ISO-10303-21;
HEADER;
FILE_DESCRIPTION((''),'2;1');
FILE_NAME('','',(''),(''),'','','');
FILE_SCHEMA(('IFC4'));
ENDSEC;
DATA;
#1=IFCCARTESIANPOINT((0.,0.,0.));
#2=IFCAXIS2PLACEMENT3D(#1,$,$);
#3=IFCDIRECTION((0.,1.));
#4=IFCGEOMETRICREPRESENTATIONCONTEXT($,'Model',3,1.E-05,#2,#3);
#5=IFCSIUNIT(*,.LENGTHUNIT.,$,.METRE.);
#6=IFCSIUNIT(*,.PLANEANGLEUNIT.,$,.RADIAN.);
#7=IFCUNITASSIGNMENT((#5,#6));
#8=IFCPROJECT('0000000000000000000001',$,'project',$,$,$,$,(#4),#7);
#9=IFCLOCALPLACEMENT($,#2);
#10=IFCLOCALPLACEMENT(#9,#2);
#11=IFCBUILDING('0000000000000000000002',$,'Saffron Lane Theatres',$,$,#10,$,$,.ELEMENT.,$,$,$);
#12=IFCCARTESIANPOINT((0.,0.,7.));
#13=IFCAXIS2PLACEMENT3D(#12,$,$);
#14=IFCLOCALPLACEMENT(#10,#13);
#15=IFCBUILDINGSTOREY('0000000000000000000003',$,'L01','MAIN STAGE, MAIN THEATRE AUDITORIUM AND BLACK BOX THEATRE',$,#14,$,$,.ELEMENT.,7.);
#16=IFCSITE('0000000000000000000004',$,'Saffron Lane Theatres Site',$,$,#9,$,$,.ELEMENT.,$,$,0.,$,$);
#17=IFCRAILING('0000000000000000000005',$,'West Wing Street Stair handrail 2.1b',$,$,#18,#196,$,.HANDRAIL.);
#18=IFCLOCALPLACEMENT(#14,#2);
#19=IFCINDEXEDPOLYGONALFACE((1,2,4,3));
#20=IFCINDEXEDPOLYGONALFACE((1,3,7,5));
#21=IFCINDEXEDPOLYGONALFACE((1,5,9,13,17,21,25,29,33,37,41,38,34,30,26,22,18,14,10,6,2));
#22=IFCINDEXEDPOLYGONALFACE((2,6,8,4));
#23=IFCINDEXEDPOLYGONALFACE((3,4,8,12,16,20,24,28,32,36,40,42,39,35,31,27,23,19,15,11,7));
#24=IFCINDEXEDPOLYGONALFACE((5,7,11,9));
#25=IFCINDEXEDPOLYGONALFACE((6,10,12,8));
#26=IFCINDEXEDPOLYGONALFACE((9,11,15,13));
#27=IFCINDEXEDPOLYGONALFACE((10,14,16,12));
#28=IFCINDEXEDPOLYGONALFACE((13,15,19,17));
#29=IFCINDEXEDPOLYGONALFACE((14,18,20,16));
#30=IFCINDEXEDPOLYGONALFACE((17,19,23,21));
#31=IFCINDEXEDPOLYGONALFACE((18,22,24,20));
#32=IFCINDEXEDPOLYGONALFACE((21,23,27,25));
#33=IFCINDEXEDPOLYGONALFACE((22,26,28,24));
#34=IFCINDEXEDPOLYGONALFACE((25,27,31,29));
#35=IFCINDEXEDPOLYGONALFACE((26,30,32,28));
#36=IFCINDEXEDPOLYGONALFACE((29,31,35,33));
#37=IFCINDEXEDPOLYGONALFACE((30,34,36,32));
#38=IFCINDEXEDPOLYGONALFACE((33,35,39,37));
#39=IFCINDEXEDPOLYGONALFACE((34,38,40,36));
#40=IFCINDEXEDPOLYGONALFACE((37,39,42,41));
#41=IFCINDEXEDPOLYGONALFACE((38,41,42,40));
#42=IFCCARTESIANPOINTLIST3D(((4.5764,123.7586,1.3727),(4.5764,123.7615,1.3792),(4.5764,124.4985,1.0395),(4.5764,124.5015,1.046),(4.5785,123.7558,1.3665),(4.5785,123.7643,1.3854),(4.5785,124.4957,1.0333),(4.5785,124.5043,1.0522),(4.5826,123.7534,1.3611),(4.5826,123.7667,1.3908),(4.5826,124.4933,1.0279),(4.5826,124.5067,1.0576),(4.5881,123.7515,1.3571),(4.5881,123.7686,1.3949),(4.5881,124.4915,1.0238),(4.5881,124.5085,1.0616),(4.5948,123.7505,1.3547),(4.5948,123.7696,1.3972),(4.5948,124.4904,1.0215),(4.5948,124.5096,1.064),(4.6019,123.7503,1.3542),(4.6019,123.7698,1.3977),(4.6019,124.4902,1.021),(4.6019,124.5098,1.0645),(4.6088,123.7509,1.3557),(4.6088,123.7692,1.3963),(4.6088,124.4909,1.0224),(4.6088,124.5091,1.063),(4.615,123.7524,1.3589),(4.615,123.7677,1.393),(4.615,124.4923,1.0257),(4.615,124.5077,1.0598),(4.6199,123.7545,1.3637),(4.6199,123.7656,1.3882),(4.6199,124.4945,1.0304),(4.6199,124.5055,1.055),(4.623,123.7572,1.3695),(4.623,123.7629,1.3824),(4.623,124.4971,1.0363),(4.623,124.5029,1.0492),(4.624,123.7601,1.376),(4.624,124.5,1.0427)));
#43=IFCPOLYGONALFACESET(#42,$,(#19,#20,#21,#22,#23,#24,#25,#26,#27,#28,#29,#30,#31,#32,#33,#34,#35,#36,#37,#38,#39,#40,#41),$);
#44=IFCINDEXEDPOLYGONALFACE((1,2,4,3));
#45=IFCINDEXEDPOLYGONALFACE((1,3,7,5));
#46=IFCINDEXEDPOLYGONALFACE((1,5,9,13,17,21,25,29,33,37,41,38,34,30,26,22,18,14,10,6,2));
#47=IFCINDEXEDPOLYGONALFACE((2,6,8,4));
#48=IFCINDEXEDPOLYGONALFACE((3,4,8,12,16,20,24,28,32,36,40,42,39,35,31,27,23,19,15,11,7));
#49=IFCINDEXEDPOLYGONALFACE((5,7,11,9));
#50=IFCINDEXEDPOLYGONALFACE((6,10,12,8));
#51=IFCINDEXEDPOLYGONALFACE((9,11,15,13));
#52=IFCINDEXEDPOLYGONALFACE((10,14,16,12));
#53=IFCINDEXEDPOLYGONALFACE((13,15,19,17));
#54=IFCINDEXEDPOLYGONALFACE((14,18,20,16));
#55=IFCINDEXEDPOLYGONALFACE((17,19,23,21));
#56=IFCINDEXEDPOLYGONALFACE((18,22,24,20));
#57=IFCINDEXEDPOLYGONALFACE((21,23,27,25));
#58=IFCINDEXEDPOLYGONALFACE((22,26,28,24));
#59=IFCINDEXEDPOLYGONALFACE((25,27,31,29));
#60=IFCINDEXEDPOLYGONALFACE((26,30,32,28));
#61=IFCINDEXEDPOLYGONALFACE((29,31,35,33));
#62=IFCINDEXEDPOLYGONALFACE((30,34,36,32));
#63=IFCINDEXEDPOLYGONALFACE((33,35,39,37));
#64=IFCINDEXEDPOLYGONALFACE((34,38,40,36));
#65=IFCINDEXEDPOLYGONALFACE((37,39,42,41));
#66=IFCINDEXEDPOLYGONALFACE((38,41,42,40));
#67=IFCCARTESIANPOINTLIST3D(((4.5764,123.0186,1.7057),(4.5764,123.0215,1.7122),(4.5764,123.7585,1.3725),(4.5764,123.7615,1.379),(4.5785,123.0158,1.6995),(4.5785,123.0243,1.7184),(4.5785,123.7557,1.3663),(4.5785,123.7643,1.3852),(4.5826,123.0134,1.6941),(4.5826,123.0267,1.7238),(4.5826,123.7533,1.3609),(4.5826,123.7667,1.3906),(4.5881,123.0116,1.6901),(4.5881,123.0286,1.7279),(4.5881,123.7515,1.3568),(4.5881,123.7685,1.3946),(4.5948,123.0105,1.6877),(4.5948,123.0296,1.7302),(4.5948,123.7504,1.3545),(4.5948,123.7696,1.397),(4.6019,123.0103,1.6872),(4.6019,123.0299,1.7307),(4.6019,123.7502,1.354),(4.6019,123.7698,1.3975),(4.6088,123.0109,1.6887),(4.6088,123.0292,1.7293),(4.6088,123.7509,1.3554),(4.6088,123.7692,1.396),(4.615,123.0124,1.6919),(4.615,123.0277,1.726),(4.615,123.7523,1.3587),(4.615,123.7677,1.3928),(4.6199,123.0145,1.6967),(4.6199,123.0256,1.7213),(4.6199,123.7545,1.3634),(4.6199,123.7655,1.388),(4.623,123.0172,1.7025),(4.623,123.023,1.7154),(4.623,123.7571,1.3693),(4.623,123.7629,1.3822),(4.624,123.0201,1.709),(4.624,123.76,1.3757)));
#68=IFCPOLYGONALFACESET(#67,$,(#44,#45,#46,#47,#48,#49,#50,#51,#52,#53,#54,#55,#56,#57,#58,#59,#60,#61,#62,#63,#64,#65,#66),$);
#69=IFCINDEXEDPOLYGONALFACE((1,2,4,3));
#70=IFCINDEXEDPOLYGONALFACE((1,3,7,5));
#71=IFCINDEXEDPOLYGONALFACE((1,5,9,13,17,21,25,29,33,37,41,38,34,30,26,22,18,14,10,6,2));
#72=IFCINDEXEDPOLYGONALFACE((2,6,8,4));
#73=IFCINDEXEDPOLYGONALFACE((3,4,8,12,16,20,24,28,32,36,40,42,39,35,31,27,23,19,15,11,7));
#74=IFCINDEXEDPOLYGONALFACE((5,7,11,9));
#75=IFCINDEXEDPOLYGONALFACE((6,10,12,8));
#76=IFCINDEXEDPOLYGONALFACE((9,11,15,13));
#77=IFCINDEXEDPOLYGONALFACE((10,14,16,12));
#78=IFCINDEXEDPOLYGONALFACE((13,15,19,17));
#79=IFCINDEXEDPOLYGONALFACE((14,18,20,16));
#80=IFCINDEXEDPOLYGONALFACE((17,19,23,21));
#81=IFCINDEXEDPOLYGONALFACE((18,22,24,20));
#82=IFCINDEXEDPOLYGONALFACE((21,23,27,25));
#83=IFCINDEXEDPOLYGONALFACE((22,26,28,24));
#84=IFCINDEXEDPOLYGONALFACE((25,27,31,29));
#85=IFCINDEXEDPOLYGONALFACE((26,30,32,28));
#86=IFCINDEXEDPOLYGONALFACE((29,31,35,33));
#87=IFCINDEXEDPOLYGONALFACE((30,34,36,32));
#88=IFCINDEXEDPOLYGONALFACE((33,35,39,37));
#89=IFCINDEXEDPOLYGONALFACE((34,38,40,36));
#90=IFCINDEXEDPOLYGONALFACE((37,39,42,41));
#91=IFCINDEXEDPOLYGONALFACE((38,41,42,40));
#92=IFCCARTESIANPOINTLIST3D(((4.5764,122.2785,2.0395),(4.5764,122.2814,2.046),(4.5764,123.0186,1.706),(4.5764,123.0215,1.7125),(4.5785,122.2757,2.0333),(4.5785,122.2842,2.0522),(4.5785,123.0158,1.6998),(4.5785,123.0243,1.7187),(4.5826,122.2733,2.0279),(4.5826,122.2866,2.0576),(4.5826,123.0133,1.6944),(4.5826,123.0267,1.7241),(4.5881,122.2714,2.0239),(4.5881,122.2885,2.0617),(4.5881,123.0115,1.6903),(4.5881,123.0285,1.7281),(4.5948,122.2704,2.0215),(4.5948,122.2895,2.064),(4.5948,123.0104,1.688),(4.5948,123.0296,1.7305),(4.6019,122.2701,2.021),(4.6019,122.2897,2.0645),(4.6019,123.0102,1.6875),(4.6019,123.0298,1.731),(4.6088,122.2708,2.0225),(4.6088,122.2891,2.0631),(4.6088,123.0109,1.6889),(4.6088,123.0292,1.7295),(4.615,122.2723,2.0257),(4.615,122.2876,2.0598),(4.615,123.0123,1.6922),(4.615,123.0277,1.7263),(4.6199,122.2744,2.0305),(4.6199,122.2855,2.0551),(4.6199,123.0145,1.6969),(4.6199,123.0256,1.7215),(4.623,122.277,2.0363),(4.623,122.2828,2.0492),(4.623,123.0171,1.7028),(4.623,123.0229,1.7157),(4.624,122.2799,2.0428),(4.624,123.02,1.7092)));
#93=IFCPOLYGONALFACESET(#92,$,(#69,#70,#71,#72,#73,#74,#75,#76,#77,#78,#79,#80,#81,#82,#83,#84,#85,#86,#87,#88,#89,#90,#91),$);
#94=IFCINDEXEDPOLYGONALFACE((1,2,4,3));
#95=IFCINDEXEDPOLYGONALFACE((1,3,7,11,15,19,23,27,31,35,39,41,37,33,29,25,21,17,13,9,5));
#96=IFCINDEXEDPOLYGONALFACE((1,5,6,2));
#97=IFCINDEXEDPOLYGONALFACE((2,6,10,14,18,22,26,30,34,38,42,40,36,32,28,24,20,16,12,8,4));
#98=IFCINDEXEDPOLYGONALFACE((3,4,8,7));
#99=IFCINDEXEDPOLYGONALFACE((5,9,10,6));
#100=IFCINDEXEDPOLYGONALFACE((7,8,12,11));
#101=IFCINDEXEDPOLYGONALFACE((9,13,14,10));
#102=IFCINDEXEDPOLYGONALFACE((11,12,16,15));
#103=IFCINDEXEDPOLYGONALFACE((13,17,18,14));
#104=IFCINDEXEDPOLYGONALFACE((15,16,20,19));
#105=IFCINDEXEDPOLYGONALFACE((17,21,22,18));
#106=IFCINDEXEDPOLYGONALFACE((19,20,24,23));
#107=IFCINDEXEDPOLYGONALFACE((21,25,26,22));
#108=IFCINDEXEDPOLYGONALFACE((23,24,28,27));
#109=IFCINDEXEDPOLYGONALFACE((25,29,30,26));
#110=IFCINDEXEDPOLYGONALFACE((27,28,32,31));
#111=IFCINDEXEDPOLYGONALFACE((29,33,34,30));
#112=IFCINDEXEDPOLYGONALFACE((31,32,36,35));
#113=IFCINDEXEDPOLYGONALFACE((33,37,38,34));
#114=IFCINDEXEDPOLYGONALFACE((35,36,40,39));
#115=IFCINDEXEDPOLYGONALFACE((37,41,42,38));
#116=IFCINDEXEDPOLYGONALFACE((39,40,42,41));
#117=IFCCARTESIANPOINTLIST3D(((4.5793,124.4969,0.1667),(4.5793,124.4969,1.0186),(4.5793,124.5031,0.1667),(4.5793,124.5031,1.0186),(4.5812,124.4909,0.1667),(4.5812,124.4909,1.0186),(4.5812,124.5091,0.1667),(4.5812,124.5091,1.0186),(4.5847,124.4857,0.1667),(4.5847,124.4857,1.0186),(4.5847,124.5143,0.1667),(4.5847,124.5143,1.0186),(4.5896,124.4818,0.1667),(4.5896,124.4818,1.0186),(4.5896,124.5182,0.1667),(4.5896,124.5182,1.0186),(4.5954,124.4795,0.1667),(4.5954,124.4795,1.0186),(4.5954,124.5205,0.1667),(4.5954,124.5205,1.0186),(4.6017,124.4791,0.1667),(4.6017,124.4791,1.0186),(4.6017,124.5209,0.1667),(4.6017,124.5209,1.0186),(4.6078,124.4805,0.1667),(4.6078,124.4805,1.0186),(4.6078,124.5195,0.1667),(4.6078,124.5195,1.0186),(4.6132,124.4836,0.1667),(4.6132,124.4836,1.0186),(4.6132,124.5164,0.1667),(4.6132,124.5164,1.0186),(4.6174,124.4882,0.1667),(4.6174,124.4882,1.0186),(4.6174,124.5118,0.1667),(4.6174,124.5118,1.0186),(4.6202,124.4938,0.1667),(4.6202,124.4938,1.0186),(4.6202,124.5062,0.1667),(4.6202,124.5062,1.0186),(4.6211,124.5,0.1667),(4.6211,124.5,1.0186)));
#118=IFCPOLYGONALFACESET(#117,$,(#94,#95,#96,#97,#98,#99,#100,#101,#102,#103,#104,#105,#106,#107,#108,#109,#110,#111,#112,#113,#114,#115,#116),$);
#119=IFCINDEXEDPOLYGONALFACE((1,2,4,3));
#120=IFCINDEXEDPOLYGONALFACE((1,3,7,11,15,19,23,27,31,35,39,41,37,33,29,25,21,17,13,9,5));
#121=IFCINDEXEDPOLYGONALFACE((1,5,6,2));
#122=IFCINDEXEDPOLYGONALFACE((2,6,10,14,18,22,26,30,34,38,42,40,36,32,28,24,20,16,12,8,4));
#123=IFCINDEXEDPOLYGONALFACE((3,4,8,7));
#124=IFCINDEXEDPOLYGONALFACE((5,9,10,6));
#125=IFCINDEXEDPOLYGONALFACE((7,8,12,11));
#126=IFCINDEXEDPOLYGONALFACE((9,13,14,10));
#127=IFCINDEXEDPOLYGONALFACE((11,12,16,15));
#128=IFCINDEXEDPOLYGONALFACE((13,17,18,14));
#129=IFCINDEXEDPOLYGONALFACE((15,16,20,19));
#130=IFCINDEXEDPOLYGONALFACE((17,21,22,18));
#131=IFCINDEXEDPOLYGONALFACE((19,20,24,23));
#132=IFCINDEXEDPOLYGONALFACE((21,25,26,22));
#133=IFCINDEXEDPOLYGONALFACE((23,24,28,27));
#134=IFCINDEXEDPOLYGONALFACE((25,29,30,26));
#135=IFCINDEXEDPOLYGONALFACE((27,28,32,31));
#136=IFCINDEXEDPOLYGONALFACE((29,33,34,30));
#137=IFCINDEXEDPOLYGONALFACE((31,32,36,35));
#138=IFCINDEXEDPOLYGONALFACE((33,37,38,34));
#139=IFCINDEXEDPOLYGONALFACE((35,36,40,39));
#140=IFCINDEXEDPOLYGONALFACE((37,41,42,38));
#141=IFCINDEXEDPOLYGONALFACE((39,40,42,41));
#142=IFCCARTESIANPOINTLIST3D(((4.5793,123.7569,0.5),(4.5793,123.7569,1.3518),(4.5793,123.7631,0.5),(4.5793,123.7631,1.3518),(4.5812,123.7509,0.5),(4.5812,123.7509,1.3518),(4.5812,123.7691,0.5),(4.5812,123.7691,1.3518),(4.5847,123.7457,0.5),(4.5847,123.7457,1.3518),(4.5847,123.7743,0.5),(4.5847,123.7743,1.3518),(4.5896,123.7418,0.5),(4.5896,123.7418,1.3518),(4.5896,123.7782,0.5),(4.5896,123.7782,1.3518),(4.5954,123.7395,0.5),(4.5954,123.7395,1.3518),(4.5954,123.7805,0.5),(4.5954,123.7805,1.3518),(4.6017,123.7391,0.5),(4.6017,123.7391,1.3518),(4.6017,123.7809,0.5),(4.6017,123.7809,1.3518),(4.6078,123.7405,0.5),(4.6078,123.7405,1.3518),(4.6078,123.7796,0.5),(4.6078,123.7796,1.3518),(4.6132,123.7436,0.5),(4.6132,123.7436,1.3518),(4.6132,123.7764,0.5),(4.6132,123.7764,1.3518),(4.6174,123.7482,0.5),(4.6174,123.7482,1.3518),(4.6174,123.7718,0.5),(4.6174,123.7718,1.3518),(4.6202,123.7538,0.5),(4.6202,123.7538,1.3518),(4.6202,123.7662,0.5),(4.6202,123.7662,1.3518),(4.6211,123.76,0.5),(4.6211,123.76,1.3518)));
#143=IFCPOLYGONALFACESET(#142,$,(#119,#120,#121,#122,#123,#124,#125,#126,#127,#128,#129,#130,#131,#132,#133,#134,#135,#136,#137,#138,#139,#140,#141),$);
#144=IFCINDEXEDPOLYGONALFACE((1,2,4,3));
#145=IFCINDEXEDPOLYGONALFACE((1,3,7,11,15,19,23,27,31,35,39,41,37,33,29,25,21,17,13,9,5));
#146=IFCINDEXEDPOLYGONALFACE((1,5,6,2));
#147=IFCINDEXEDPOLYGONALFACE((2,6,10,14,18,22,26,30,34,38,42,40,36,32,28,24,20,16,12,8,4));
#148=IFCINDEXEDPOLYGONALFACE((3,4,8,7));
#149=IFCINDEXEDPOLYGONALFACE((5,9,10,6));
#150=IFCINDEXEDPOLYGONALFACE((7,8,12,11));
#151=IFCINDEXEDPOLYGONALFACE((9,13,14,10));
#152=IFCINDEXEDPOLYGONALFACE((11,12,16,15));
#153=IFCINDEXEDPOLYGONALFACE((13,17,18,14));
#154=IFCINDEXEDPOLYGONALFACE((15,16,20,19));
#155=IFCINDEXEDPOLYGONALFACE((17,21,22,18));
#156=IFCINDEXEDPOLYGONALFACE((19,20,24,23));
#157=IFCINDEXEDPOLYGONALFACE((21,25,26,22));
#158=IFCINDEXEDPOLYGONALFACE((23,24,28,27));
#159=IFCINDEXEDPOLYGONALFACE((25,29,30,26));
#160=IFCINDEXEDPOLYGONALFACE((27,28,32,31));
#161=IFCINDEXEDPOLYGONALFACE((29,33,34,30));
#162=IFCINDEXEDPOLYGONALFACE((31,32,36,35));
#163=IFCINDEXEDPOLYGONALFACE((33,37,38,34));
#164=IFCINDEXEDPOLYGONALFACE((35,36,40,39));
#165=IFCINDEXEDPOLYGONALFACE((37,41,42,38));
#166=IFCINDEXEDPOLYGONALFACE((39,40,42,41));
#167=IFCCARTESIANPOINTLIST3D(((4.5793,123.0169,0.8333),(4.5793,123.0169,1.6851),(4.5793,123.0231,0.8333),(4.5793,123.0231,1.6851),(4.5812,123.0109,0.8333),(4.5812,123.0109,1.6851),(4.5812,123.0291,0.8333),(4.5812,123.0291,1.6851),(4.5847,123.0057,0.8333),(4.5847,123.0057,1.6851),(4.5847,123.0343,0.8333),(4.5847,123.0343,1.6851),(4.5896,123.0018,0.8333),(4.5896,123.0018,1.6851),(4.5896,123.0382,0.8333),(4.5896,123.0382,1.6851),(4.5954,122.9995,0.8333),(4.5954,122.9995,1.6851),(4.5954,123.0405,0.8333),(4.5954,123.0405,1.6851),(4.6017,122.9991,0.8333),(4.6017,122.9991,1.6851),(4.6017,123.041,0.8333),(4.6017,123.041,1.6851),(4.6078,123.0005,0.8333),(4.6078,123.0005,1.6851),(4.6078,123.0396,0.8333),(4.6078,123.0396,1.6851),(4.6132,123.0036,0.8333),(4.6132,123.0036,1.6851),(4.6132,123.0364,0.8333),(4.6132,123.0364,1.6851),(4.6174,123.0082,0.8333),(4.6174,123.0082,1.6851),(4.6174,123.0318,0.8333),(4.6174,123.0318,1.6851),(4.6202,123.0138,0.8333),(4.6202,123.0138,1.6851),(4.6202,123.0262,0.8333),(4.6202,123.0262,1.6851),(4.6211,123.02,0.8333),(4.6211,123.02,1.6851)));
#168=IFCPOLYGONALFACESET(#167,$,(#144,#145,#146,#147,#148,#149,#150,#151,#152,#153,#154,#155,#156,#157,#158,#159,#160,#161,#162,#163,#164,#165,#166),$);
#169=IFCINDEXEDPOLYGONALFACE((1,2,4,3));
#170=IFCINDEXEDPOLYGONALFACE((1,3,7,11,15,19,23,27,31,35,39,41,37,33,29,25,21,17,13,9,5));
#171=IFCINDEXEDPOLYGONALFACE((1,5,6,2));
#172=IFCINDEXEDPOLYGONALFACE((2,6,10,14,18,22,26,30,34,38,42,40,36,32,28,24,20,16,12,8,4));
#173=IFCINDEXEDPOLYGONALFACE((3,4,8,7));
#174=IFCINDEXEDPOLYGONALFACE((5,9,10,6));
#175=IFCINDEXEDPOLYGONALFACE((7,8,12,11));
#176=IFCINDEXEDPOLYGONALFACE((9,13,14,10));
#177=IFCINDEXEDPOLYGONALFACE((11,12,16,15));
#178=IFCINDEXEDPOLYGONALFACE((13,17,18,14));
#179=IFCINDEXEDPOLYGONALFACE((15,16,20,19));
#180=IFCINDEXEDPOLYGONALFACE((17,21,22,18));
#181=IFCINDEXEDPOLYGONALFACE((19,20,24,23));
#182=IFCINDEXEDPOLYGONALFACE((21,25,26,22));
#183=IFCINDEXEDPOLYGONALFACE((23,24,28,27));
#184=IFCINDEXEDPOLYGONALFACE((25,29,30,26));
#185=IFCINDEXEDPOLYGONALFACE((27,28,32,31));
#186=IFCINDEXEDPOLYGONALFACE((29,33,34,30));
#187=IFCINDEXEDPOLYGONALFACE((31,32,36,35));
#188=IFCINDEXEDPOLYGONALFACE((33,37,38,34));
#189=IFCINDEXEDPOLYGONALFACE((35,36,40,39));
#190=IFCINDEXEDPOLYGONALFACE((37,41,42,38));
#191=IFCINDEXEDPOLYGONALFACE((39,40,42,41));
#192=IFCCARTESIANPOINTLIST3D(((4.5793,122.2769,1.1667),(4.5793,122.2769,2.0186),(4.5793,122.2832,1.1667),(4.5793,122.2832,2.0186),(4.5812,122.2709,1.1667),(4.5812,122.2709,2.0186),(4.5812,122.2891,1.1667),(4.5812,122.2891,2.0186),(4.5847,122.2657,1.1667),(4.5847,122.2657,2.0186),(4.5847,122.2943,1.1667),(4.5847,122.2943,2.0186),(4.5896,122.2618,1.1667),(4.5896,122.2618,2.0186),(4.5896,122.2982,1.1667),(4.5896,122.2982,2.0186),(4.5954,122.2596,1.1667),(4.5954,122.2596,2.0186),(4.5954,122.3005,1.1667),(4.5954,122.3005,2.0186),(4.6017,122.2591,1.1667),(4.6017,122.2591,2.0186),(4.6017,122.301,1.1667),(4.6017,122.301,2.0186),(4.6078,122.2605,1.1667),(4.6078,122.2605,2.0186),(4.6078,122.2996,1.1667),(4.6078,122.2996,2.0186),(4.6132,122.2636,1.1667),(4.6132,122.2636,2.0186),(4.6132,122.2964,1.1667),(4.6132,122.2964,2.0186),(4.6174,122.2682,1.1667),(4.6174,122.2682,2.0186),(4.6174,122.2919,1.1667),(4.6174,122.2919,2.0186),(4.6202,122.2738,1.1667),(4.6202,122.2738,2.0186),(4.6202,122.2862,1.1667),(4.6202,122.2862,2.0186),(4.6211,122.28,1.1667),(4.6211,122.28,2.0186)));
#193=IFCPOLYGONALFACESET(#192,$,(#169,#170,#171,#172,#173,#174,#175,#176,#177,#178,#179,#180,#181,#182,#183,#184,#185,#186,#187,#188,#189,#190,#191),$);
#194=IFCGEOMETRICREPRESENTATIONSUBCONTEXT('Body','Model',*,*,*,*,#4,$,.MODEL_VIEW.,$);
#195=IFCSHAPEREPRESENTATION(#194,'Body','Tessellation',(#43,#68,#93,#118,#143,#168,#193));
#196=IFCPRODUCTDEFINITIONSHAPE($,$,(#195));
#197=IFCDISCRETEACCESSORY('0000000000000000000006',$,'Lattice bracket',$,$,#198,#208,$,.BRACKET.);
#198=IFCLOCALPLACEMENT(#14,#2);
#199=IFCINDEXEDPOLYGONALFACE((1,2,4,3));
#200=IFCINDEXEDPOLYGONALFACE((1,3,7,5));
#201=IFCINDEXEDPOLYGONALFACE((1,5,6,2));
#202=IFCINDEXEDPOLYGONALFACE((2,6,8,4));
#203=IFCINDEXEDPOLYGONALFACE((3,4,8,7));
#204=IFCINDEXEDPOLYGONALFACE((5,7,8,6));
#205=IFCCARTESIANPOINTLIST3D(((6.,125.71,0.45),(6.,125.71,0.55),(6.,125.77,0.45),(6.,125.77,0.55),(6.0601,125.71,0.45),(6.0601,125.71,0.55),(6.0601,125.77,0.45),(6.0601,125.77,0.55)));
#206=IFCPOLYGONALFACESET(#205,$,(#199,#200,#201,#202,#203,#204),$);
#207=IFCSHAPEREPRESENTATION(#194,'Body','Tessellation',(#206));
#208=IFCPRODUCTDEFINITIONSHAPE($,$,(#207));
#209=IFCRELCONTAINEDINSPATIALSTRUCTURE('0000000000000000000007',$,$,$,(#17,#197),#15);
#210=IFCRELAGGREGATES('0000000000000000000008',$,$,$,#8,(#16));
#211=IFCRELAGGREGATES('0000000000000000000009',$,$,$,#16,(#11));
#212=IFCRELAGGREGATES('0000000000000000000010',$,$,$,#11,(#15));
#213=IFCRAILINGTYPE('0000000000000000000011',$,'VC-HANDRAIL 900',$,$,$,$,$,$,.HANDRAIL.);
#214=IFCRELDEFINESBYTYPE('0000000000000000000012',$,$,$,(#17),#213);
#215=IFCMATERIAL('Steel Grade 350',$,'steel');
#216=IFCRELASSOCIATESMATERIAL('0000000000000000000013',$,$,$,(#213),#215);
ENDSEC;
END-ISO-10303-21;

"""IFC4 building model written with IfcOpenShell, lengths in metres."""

from ifc_helpers import new_model, si_unit, direction, frame, origin, origin_2d, place, context, subcontext, project, spatial, rectangle, circle, extrude, material, type_object, element, save


model = new_model("IFC4")

# Units and contexts
model_context = context("Model", 3, precision=1e-05, world=origin(), true_north=direction((0.0, 1.0)))
body_context = subcontext(model_context, "Body", "Model", "MODEL_VIEW")
ifc_project = project(units=[si_unit("LENGTHUNIT", "METRE"), si_unit("PLANEANGLEUNIT", "RADIAN")], contexts=[model_context])

# Site, building, storey
site_placement = place(None, origin())
site = spatial("IfcSite", under=ifc_project, at=site_placement, Name="Saffron Lane Theatres Site", CompositionType="ELEMENT", RefElevation=0.0)
building_placement = place(site_placement, origin())
building = spatial("IfcBuilding", under=site, at=building_placement, Name="Saffron Lane Theatres", CompositionType="ELEMENT")
storey_placement = place(building_placement, frame((0.0, 0.0, 7.0)))
storey = spatial("IfcBuildingStorey", under=building, at=storey_placement, Name="L01", Description="MAIN STAGE, MAIN THEATRE AUDITORIUM AND BLACK BOX THEATRE", CompositionType="ELEMENT", Elevation=7.0)

# Railing
ifc_material_1 = material(Name="Steel Grade 350", Category="steel")
railing_type_1 = type_object("IfcRailingType", Name="VC-HANDRAIL 900", PredefinedType="HANDRAIL", material=ifc_material_1)
for number, where, name in (
    (1, (4.6001, 124.5, 0.1667), "West Wing Street Stair handrail 2.1b"),
):
    element("IfcRailing", number, at=place(storey_placement, frame(where)), inside=storey, type_object=railing_type_1, Name=name, PredefinedType="HANDRAIL", context=body_context, shape_type="SweptSolid", body=[
        extrude(circle(Radius=0.0239, at=origin_2d()), frame((0.0, 0.0, 0.876), z_axis=(0.0, -0.911803, 0.410627), x_axis=(1.0, 0.0, 0.0)), (0.0, 0.0, 1.0), 0.8115),
        extrude(circle(Radius=0.0239, at=origin_2d()), frame((0.0, -0.74, 1.209), z_axis=(0.0, -0.911803, 0.410627), x_axis=(1.0, 0.0, 0.0)), (0.0, 0.0, 1.0), 0.8115),
        extrude(circle(Radius=0.0239, at=origin_2d()), frame((0.0, -1.48, 1.5425), z_axis=(0.0, -0.911691, 0.410877), x_axis=(1.0, 0.0, 0.0)), (0.0, 0.0, 1.0), 0.8118),
        extrude(circle(Radius=0.021, at=origin_2d()), origin(), (0.0, 0.0, 1.0), 0.8518),
        extrude(circle(Radius=0.021, at=origin_2d()), frame((0.0, -0.74, 0.3333)), (0.0, 0.0, 1.0), 0.8518),
        extrude(circle(Radius=0.021, at=origin_2d()), frame((0.0, -1.48, 0.6665)), (0.0, 0.0, 1.0), 0.8518),
        extrude(circle(Radius=0.021, at=origin_2d()), frame((0.0, -2.22, 1.0)), (0.0, 0.0, 1.0), 0.8518),
    ])

# Discrete accessory
for number, where, z_axis, x_axis, name in (
    (2, (6.03, 125.74, 0.45), (0.0, 0.0, 1.0), (1.0, 0.0, 0.0), "Lattice bracket"),
):
    element("IfcDiscreteAccessory", number, at=place(storey_placement, frame(where, z_axis=z_axis, x_axis=x_axis)), inside=storey, Name=name, PredefinedType="BRACKET", context=body_context, shape_type="SweptSolid", body=[
        extrude(rectangle(XDim=0.0601, YDim=0.0601, at=origin_2d()), origin(), (0.0, 0.0, 1.0), 0.1001),
    ])

save(model, "model.ifc")
